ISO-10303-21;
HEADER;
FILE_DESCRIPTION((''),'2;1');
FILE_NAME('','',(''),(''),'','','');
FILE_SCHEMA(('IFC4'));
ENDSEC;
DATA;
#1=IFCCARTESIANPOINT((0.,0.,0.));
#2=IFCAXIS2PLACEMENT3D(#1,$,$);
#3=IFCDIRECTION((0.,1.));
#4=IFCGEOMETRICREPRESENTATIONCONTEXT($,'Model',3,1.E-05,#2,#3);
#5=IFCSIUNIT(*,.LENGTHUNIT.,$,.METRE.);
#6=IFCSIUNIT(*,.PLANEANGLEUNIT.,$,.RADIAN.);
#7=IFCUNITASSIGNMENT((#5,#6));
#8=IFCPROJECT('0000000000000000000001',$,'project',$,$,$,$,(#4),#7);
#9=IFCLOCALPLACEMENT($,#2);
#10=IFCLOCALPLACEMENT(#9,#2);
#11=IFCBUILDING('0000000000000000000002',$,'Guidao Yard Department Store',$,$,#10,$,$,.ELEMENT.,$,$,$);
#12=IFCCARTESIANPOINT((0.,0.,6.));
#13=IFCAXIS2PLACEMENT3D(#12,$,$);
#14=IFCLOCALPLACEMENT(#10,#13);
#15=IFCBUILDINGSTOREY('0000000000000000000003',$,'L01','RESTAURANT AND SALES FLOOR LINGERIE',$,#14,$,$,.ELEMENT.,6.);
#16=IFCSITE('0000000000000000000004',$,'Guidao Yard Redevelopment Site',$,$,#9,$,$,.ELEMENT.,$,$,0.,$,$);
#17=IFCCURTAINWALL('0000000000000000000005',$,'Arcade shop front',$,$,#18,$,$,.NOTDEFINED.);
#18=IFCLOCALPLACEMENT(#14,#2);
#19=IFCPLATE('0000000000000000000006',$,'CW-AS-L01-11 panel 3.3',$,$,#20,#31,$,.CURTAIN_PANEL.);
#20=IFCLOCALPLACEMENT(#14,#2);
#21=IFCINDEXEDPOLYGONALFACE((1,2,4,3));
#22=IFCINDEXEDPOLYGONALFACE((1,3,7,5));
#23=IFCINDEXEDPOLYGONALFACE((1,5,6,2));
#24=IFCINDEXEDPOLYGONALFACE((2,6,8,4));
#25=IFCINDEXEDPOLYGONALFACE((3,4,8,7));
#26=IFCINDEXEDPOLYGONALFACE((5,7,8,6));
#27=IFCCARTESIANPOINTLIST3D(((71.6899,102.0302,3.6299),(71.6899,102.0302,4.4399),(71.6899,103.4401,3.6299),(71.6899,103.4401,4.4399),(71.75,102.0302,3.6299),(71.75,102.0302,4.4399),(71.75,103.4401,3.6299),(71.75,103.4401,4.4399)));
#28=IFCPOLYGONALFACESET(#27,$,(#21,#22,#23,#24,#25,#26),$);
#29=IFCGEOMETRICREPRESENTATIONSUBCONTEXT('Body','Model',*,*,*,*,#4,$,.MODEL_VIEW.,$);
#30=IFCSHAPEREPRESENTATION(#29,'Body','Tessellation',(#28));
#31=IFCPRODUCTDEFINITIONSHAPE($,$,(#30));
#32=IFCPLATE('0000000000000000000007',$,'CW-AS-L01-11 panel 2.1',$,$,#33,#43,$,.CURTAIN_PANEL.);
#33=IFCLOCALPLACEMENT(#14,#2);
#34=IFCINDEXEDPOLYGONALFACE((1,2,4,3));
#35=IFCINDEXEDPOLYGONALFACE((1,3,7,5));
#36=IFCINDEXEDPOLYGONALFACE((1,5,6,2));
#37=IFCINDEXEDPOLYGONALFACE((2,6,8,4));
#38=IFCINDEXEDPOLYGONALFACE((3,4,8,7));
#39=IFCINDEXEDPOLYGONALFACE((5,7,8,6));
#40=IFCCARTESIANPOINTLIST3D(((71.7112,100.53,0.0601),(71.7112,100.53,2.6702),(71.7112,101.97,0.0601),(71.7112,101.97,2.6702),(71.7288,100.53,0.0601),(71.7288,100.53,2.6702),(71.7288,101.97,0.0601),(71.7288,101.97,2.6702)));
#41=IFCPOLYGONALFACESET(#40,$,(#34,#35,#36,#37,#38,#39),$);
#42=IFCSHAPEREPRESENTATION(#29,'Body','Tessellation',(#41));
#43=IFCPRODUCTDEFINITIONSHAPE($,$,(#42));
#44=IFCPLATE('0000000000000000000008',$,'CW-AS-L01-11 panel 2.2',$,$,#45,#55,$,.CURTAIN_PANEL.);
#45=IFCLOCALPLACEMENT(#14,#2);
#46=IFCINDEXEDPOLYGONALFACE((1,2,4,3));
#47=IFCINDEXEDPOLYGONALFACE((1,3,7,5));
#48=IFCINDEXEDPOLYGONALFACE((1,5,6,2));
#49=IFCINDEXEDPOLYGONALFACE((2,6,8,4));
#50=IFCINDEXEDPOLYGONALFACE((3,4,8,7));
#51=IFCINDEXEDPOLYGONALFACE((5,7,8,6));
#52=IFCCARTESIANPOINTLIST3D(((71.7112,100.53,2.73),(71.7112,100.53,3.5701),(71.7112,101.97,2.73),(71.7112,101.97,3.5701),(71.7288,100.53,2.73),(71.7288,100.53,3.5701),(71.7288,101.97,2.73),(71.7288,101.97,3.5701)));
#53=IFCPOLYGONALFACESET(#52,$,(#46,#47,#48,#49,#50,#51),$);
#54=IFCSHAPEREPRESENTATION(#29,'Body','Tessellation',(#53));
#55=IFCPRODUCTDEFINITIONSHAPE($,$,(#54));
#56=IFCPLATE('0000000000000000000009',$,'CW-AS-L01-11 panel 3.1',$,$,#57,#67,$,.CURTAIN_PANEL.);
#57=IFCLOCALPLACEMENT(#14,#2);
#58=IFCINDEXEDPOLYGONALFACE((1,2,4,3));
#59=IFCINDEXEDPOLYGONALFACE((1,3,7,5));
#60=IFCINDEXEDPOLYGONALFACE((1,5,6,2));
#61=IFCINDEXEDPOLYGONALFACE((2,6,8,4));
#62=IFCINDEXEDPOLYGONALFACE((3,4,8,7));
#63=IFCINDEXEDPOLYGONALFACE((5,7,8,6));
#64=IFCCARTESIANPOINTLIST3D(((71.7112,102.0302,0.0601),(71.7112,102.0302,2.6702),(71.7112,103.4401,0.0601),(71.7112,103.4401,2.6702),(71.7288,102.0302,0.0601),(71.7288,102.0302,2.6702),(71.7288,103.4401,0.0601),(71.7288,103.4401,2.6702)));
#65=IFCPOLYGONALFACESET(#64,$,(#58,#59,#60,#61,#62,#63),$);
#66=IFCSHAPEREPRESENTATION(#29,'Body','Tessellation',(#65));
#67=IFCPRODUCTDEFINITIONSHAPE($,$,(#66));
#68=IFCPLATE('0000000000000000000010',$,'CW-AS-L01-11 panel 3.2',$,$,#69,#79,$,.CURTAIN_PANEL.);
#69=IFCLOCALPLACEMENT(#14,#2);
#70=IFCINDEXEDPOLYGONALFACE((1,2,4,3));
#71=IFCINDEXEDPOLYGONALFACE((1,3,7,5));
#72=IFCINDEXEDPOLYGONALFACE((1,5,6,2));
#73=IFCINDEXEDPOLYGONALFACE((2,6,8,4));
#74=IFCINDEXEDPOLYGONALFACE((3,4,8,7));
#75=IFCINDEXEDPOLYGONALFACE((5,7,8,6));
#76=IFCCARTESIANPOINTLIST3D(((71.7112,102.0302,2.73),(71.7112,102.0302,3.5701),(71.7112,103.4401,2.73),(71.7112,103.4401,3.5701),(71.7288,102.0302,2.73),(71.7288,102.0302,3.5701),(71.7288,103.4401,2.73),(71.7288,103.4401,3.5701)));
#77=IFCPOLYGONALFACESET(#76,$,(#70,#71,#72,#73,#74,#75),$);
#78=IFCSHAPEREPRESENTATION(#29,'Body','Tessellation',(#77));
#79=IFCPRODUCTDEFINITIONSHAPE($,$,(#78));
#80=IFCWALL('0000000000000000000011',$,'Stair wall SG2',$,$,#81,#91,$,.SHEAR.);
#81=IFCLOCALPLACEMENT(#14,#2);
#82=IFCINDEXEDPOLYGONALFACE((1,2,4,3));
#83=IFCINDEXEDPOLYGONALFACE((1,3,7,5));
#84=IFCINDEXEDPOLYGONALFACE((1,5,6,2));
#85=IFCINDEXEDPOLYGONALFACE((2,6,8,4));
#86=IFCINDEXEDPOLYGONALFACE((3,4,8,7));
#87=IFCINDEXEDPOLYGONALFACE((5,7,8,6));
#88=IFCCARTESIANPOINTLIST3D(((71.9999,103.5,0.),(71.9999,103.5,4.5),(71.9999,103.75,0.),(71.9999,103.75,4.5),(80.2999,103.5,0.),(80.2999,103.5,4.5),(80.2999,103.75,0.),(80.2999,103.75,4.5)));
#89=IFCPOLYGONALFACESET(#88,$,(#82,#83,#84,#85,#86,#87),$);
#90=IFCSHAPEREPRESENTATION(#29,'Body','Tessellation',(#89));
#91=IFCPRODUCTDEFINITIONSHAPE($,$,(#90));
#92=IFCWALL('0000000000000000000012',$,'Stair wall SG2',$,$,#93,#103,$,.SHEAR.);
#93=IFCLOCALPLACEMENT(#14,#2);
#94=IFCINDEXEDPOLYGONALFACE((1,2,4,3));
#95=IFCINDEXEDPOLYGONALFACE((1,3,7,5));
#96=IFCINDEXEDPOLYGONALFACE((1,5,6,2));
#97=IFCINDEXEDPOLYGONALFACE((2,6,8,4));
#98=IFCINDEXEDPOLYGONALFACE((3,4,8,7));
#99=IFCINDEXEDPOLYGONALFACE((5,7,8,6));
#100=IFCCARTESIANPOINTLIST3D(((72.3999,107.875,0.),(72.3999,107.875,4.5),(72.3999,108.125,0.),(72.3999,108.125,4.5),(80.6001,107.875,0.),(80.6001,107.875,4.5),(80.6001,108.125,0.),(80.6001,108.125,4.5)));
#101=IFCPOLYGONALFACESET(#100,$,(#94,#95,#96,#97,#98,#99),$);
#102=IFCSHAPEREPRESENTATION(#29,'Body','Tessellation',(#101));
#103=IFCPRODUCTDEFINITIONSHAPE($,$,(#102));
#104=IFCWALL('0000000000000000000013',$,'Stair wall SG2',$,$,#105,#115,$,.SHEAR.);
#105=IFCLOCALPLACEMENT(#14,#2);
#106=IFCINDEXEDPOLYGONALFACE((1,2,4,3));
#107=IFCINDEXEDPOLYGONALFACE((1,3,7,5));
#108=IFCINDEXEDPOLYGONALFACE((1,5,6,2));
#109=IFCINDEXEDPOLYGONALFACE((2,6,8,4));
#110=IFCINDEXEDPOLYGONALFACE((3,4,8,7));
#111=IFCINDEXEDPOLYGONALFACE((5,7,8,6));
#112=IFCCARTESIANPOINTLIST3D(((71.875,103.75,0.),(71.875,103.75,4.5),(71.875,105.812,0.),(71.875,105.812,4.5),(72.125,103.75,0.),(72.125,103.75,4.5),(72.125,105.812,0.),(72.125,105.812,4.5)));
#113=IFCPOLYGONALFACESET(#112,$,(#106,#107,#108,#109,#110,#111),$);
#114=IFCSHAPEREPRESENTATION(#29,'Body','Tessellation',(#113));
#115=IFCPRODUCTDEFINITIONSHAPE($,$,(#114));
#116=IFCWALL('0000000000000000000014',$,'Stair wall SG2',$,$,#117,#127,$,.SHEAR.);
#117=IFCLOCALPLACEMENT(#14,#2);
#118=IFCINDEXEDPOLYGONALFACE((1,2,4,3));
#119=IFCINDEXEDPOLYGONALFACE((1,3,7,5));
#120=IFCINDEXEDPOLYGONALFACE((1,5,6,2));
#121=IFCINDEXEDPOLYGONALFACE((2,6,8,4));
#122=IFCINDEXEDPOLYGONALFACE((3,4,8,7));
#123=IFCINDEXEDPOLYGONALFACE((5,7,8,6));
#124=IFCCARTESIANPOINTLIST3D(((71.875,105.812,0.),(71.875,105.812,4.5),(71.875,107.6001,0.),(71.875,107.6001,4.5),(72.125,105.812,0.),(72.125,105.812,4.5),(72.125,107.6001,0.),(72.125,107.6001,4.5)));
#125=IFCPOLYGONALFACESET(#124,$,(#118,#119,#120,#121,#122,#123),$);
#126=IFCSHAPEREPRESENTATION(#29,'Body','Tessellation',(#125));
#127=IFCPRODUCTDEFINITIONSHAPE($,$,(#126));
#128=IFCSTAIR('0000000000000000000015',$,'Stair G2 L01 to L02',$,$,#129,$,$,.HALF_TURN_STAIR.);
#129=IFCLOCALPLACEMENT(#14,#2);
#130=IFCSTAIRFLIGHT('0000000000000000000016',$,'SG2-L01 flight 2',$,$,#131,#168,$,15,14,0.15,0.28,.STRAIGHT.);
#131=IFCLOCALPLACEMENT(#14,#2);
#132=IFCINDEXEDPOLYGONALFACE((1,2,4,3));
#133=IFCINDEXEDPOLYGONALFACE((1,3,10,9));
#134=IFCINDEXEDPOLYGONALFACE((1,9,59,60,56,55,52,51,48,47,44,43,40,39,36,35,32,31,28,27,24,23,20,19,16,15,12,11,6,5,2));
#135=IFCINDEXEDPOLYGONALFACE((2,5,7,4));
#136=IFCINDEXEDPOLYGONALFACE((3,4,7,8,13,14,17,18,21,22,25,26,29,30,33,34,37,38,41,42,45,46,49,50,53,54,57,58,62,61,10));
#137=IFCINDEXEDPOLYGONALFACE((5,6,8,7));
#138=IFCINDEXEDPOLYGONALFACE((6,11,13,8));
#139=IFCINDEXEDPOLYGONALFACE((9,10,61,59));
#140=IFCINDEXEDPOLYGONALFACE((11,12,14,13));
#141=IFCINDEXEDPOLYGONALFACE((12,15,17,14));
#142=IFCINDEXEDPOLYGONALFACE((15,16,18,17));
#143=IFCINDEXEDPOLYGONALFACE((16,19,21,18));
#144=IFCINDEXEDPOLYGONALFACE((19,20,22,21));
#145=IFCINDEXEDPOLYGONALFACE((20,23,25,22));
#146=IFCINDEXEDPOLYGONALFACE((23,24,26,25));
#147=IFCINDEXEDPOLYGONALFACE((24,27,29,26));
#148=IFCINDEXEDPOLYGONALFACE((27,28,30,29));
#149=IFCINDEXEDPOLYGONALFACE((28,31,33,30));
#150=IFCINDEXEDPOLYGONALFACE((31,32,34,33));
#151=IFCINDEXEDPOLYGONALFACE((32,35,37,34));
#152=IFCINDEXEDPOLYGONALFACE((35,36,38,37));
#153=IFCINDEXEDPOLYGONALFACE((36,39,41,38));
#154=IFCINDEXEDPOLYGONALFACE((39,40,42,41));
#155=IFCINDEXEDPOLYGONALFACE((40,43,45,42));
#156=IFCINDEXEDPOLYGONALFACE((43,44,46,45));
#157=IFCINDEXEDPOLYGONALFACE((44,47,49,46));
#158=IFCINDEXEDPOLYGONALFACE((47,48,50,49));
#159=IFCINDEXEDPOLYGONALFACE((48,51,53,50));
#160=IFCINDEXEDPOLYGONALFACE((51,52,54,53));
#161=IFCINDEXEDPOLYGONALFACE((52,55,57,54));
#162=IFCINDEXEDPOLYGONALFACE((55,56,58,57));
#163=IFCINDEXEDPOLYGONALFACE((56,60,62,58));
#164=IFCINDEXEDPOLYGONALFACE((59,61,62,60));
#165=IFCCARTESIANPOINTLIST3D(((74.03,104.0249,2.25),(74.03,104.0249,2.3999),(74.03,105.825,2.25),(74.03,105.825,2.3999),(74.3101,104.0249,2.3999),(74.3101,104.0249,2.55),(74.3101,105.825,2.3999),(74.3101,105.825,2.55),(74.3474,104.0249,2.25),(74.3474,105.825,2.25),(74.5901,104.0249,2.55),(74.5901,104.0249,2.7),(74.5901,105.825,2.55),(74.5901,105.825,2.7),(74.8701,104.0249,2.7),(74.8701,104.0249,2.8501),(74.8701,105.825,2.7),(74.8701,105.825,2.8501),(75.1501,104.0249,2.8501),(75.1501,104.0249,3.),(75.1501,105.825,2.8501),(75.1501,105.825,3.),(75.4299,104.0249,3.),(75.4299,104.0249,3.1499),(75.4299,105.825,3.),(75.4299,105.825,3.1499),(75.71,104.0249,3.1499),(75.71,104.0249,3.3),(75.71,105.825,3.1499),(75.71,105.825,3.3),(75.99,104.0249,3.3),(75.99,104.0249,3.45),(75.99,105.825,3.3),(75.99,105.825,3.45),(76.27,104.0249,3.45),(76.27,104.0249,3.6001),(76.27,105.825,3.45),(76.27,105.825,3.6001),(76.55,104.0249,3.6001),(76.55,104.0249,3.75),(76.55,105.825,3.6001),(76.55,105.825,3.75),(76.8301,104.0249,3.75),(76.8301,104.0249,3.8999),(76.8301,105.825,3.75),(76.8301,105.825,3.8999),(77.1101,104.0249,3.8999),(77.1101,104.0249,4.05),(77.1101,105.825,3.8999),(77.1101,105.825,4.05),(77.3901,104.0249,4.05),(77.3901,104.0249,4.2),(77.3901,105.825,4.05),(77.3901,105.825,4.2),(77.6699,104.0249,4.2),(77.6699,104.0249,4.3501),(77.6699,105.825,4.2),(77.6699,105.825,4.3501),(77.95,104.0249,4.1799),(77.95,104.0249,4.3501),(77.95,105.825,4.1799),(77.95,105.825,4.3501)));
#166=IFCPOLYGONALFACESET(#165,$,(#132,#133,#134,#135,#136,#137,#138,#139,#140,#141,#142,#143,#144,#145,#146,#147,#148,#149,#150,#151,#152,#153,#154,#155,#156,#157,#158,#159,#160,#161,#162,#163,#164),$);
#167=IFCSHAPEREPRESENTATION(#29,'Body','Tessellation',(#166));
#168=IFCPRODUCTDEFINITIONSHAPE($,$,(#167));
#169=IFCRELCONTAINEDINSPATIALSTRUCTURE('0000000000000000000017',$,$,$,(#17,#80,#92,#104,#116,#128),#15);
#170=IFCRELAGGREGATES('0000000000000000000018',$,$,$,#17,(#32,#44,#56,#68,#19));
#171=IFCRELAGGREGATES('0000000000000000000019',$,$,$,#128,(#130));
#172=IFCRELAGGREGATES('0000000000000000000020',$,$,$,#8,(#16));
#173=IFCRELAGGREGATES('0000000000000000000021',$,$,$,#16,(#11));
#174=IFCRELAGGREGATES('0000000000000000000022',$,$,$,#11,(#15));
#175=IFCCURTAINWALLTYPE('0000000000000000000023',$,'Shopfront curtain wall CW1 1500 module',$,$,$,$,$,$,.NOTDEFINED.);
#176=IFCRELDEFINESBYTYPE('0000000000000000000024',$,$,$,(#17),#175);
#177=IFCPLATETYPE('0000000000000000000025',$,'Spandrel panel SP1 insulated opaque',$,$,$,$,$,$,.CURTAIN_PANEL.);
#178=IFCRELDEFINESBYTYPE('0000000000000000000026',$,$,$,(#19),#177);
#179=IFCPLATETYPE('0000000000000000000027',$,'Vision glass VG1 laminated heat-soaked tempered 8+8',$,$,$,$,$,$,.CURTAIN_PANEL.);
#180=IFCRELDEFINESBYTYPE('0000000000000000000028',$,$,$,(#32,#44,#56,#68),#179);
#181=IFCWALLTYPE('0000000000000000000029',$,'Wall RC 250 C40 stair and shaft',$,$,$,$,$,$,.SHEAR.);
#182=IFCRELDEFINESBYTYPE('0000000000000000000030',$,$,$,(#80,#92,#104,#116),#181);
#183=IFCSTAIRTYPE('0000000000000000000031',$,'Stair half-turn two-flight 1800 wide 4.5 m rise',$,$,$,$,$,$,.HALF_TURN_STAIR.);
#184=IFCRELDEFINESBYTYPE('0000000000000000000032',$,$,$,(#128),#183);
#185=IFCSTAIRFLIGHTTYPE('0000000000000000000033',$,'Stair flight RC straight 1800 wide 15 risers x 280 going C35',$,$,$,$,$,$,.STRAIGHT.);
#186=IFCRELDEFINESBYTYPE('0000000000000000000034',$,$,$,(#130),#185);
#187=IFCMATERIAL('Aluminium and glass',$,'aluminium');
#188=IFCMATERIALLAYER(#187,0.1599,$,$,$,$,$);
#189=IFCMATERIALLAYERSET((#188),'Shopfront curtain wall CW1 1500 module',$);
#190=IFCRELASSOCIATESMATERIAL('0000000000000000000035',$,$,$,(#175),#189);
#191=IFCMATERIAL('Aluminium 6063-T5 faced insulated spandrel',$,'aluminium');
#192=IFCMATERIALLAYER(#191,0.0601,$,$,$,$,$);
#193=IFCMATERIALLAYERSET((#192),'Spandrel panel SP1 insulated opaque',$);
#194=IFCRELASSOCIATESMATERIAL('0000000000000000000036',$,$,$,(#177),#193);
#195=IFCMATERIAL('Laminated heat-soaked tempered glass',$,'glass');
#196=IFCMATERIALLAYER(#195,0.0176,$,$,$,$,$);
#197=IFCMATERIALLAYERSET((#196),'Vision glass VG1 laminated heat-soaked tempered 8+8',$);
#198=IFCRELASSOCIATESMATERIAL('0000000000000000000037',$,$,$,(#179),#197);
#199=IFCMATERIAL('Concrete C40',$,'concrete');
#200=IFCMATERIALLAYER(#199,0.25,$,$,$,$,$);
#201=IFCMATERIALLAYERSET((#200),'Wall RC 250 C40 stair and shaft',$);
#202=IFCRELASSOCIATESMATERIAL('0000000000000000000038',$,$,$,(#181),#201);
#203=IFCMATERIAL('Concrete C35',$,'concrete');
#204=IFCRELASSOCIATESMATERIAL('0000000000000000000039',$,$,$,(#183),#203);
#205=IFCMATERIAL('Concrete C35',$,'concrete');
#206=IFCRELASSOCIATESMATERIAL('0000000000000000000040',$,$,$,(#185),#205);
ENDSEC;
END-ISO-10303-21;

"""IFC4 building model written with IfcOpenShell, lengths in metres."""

from ifc_helpers import new_model, si_unit, direction, frame, frame_2d, origin, origin_2d, place, context, subcontext, project, spatial, polyline, rectangle, outline, extrude, material, layer, layer_set, type_object, element, aggregate, save


model = new_model("IFC4")

# Units and contexts
model_context = context("Model", 3, precision=1e-05, world=origin(), true_north=direction((0.0, 1.0)))
body_context = subcontext(model_context, "Body", "Model", "MODEL_VIEW")
ifc_project = project(units=[si_unit("LENGTHUNIT", "METRE"), si_unit("PLANEANGLEUNIT", "RADIAN")], contexts=[model_context])

# Site, building, storey
site_placement = place(None, origin())
site = spatial("IfcSite", under=ifc_project, at=site_placement, Name="Guidao Yard Redevelopment Site", CompositionType="ELEMENT", RefElevation=0.0)
building_placement = place(site_placement, origin())
building = spatial("IfcBuilding", under=site, at=building_placement, Name="Guidao Yard Department Store", CompositionType="ELEMENT")
storey_placement = place(building_placement, frame((0.0, 0.0, 6.0)))
storey = spatial("IfcBuildingStorey", under=building, at=storey_placement, Name="L01", Description="RESTAURANT AND SALES FLOOR LINGERIE", CompositionType="ELEMENT", Elevation=6.0)

# Curtain wall, plates
ifc_material_1 = material(Name="Aluminium and glass", Category="aluminium")
ifc_layer_1 = layer(ifc_material_1, 0.1599)
ifc_layer_set_1 = layer_set([ifc_layer_1], Name="Shopfront curtain wall CW1 1500 module")
curtain_wall_type = type_object("IfcCurtainWallType", Name="Shopfront curtain wall CW1 1500 module", PredefinedType="NOTDEFINED", material=ifc_layer_set_1)
curtain_wall_placement = place(storey_placement, origin())
curtain_wall = element("IfcCurtainWall", 1, at=curtain_wall_placement, inside=storey, type_object=curtain_wall_type, Name="Arcade shop front", PredefinedType="NOTDEFINED")
ifc_material_2 = material(Name="Aluminium 6063-T5 faced insulated spandrel", Category="aluminium")
ifc_layer_2 = layer(ifc_material_2, 0.0601)
ifc_layer_set_2 = layer_set([ifc_layer_2], Name="Spandrel panel SP1 insulated opaque")
plate_type_1 = type_object("IfcPlateType", Name="Spandrel panel SP1 insulated opaque", PredefinedType="CURTAIN_PANEL", material=ifc_layer_set_2)
plate_1_placement = place(storey_placement, frame((71.72, 102.7351, 3.6299), z_axis=(0.0, 0.0, 1.0), x_axis=(0.0, 1.0, 0.0)))
plate_1 = element("IfcPlate", 2, at=plate_1_placement, type_object=plate_type_1, Name="CW-AS-L01-11 panel 3.3", PredefinedType="CURTAIN_PANEL", context=body_context, shape_type="SweptSolid", body=[
    extrude(rectangle(XDim=1.4099, YDim=0.0601, at=origin_2d()), origin(), (0.0, 0.0, 1.0), 0.8101),
])
ifc_material_3 = material(Name="Laminated heat-soaked tempered glass", Category="glass")
ifc_layer_3 = layer(ifc_material_3, 0.0176)
ifc_layer_set_3 = layer_set([ifc_layer_3], Name="Vision glass VG1 laminated heat-soaked tempered 8+8")
plate_type_2 = type_object("IfcPlateType", Name="Vision glass VG1 laminated heat-soaked tempered 8+8", PredefinedType="CURTAIN_PANEL", material=ifc_layer_set_3)
plate_2_placement = place(storey_placement, frame((71.72, 101.25, 0.0601), z_axis=(0.0, 0.0, 1.0), x_axis=(0.0, 1.0, 0.0)))
plate_2 = element("IfcPlate", 3, at=plate_2_placement, type_object=plate_type_2, Name="CW-AS-L01-11 panel 2.1", PredefinedType="CURTAIN_PANEL", context=body_context, shape_type="SweptSolid", body=[
    extrude(rectangle(XDim=1.4399, YDim=0.0176, at=origin_2d()), origin(), (0.0, 0.0, 1.0), 2.6101),
])
plate_3_placement = place(storey_placement, frame((71.72, 101.25, 2.73), z_axis=(0.0, 0.0, 1.0), x_axis=(0.0, 1.0, 0.0)))
plate_3 = element("IfcPlate", 4, at=plate_3_placement, type_object=plate_type_2, Name="CW-AS-L01-11 panel 2.2", PredefinedType="CURTAIN_PANEL", context=body_context, shape_type="SweptSolid", body=[
    extrude(rectangle(XDim=1.4399, YDim=0.0176, at=origin_2d()), origin(), (0.0, 0.0, 1.0), 0.8401),
])
plate_4_placement = place(storey_placement, frame((71.72, 102.7351, 0.0601), z_axis=(0.0, 0.0, 1.0), x_axis=(0.0, 1.0, 0.0)))
plate_4 = element("IfcPlate", 5, at=plate_4_placement, type_object=plate_type_2, Name="CW-AS-L01-11 panel 3.1", PredefinedType="CURTAIN_PANEL", context=body_context, shape_type="SweptSolid", body=[
    extrude(rectangle(XDim=1.4099, YDim=0.0176, at=origin_2d()), origin(), (0.0, 0.0, 1.0), 2.6101),
])
plate_5_placement = place(storey_placement, frame((71.72, 102.7351, 2.73), z_axis=(0.0, 0.0, 1.0), x_axis=(0.0, 1.0, 0.0)))
plate_5 = element("IfcPlate", 6, at=plate_5_placement, type_object=plate_type_2, Name="CW-AS-L01-11 panel 3.2", PredefinedType="CURTAIN_PANEL", context=body_context, shape_type="SweptSolid", body=[
    extrude(rectangle(XDim=1.4099, YDim=0.0176, at=origin_2d()), origin(), (0.0, 0.0, 1.0), 0.8401),
])
aggregate(curtain_wall, [plate_2, plate_3, plate_4, plate_5, plate_1])

# Walls
ifc_material_4 = material(Name="Concrete C40", Category="concrete")
ifc_layer_4 = layer(ifc_material_4, 0.25)
ifc_layer_set_4 = layer_set([ifc_layer_4], Name="Wall RC 250 C40 stair and shaft")
wall_type = type_object("IfcWallType", Name="Wall RC 250 C40 stair and shaft", PredefinedType="SHEAR", material=ifc_layer_set_4)
wall_1_placement = place(storey_placement, frame((72.0, 103.625, 0.0), z_axis=(0.0, 0.0, 1.0), x_axis=(1.0, 0.0, 0.0)))
element("IfcWall", 7, at=wall_1_placement, inside=storey, type_object=wall_type, Name="Stair wall SG2", PredefinedType="SHEAR", context=body_context, shape_type="SweptSolid", body=[
    extrude(rectangle(XDim=8.3, YDim=0.25, at=frame_2d((4.1499, 0.0))), origin(), (0.0, 0.0, 1.0), 4.5),
])
wall_2_placement = place(storey_placement, frame((72.3999, 108.0, 0.0), z_axis=(0.0, 0.0, 1.0), x_axis=(1.0, 0.0, 0.0)))
element("IfcWall", 8, at=wall_2_placement, inside=storey, type_object=wall_type, Name="Stair wall SG2", PredefinedType="SHEAR", context=body_context, shape_type="SweptSolid", body=[
    extrude(rectangle(XDim=8.2002, YDim=0.25, at=frame_2d((4.1001, 0.0))), origin(), (0.0, 0.0, 1.0), 4.5),
])
wall_3_placement = place(storey_placement, frame((72.0, 103.75, 0.0), z_axis=(0.0, 0.0, 1.0), x_axis=(0.0, 1.0, 0.0)))
element("IfcWall", 9, at=wall_3_placement, inside=storey, type_object=wall_type, Name="Stair wall SG2", PredefinedType="SHEAR", context=body_context, shape_type="SweptSolid", body=[
    extrude(rectangle(XDim=2.062, YDim=0.25, at=frame_2d((1.031, 0.0))), origin(), (0.0, 0.0, 1.0), 4.5),
])
wall_4_placement = place(storey_placement, frame((72.0, 105.812, 0.0), z_axis=(0.0, 0.0, 1.0), x_axis=(0.0, 1.0, 0.0)))
element("IfcWall", 10, at=wall_4_placement, inside=storey, type_object=wall_type, Name="Stair wall SG2", PredefinedType="SHEAR", context=body_context, shape_type="SweptSolid", body=[
    extrude(rectangle(XDim=1.7881, YDim=0.25, at=frame_2d((0.894, 0.0))), origin(), (0.0, 0.0, 1.0), 4.5),
])

# Stair, stair flight
ifc_material_5 = material(Name="Concrete C35", Category="concrete")
stair_type = type_object("IfcStairType", Name="Stair half-turn two-flight 1800 wide 4.5 m rise", PredefinedType="HALF_TURN_STAIR", material=ifc_material_5)
stair_placement = place(storey_placement, origin())
stair = element("IfcStair", 11, at=stair_placement, inside=storey, type_object=stair_type, Name="Stair G2 L01 to L02", PredefinedType="HALF_TURN_STAIR")
ifc_material_6 = material(Name="Concrete C35", Category="concrete")
stair_flight_type = type_object("IfcStairFlightType", Name="Stair flight RC straight 1800 wide 15 risers x 280 going C35", PredefinedType="STRAIGHT", material=ifc_material_6)
stair_flight_placement = place(storey_placement, frame((74.03, 104.925, 2.25), z_axis=(0.0, 0.0, 1.0), x_axis=(1.0, 0.0, 0.0)))
stair_flight = element("IfcStairFlight", 12, at=stair_flight_placement, type_object=stair_flight_type, Name="SG2-L01 flight 2", NumberOfRisers=15, NumberOfTreads=14, PredefinedType="STRAIGHT", RiserHeight=0.15, TreadLength=0.28, context=body_context, shape_type="SweptSolid", body=[
    extrude(outline(polyline([(0.0, 0.0), (0.0, 0.1499), (0.28, 0.1499), (0.28, 0.3), (0.5601, 0.3), (0.5601, 0.45), (0.8401, 0.45), (0.8401, 0.6001), (1.1201, 0.6001), (1.1201, 0.75), (1.3999, 0.75), (1.3999, 0.8999), (1.6799, 0.8999), (1.6799, 1.05), (1.96, 1.05), (1.96, 1.2), (2.24, 1.2), (2.24, 1.3501), (2.52, 1.3501), (2.52, 1.5), (2.8, 1.5), (2.8, 1.6499), (3.0801, 1.6499), (3.0801, 1.8), (3.3601, 1.8), (3.3601, 1.95), (3.6399, 1.95), (3.6399, 2.1001), (3.9199, 2.1001), (3.9199, 2.25), (3.9199, 1.9299), (0.3174, 0.0), (0.0, 0.0)])), frame((0.0, 0.8999, 0.0), z_axis=(0.0, -1.0, 0.0), x_axis=(1.0, 0.0, 0.0)), (0.0, 0.0, 1.0), 1.8),
])
aggregate(stair, [stair_flight])

save(model, "model.ifc")
